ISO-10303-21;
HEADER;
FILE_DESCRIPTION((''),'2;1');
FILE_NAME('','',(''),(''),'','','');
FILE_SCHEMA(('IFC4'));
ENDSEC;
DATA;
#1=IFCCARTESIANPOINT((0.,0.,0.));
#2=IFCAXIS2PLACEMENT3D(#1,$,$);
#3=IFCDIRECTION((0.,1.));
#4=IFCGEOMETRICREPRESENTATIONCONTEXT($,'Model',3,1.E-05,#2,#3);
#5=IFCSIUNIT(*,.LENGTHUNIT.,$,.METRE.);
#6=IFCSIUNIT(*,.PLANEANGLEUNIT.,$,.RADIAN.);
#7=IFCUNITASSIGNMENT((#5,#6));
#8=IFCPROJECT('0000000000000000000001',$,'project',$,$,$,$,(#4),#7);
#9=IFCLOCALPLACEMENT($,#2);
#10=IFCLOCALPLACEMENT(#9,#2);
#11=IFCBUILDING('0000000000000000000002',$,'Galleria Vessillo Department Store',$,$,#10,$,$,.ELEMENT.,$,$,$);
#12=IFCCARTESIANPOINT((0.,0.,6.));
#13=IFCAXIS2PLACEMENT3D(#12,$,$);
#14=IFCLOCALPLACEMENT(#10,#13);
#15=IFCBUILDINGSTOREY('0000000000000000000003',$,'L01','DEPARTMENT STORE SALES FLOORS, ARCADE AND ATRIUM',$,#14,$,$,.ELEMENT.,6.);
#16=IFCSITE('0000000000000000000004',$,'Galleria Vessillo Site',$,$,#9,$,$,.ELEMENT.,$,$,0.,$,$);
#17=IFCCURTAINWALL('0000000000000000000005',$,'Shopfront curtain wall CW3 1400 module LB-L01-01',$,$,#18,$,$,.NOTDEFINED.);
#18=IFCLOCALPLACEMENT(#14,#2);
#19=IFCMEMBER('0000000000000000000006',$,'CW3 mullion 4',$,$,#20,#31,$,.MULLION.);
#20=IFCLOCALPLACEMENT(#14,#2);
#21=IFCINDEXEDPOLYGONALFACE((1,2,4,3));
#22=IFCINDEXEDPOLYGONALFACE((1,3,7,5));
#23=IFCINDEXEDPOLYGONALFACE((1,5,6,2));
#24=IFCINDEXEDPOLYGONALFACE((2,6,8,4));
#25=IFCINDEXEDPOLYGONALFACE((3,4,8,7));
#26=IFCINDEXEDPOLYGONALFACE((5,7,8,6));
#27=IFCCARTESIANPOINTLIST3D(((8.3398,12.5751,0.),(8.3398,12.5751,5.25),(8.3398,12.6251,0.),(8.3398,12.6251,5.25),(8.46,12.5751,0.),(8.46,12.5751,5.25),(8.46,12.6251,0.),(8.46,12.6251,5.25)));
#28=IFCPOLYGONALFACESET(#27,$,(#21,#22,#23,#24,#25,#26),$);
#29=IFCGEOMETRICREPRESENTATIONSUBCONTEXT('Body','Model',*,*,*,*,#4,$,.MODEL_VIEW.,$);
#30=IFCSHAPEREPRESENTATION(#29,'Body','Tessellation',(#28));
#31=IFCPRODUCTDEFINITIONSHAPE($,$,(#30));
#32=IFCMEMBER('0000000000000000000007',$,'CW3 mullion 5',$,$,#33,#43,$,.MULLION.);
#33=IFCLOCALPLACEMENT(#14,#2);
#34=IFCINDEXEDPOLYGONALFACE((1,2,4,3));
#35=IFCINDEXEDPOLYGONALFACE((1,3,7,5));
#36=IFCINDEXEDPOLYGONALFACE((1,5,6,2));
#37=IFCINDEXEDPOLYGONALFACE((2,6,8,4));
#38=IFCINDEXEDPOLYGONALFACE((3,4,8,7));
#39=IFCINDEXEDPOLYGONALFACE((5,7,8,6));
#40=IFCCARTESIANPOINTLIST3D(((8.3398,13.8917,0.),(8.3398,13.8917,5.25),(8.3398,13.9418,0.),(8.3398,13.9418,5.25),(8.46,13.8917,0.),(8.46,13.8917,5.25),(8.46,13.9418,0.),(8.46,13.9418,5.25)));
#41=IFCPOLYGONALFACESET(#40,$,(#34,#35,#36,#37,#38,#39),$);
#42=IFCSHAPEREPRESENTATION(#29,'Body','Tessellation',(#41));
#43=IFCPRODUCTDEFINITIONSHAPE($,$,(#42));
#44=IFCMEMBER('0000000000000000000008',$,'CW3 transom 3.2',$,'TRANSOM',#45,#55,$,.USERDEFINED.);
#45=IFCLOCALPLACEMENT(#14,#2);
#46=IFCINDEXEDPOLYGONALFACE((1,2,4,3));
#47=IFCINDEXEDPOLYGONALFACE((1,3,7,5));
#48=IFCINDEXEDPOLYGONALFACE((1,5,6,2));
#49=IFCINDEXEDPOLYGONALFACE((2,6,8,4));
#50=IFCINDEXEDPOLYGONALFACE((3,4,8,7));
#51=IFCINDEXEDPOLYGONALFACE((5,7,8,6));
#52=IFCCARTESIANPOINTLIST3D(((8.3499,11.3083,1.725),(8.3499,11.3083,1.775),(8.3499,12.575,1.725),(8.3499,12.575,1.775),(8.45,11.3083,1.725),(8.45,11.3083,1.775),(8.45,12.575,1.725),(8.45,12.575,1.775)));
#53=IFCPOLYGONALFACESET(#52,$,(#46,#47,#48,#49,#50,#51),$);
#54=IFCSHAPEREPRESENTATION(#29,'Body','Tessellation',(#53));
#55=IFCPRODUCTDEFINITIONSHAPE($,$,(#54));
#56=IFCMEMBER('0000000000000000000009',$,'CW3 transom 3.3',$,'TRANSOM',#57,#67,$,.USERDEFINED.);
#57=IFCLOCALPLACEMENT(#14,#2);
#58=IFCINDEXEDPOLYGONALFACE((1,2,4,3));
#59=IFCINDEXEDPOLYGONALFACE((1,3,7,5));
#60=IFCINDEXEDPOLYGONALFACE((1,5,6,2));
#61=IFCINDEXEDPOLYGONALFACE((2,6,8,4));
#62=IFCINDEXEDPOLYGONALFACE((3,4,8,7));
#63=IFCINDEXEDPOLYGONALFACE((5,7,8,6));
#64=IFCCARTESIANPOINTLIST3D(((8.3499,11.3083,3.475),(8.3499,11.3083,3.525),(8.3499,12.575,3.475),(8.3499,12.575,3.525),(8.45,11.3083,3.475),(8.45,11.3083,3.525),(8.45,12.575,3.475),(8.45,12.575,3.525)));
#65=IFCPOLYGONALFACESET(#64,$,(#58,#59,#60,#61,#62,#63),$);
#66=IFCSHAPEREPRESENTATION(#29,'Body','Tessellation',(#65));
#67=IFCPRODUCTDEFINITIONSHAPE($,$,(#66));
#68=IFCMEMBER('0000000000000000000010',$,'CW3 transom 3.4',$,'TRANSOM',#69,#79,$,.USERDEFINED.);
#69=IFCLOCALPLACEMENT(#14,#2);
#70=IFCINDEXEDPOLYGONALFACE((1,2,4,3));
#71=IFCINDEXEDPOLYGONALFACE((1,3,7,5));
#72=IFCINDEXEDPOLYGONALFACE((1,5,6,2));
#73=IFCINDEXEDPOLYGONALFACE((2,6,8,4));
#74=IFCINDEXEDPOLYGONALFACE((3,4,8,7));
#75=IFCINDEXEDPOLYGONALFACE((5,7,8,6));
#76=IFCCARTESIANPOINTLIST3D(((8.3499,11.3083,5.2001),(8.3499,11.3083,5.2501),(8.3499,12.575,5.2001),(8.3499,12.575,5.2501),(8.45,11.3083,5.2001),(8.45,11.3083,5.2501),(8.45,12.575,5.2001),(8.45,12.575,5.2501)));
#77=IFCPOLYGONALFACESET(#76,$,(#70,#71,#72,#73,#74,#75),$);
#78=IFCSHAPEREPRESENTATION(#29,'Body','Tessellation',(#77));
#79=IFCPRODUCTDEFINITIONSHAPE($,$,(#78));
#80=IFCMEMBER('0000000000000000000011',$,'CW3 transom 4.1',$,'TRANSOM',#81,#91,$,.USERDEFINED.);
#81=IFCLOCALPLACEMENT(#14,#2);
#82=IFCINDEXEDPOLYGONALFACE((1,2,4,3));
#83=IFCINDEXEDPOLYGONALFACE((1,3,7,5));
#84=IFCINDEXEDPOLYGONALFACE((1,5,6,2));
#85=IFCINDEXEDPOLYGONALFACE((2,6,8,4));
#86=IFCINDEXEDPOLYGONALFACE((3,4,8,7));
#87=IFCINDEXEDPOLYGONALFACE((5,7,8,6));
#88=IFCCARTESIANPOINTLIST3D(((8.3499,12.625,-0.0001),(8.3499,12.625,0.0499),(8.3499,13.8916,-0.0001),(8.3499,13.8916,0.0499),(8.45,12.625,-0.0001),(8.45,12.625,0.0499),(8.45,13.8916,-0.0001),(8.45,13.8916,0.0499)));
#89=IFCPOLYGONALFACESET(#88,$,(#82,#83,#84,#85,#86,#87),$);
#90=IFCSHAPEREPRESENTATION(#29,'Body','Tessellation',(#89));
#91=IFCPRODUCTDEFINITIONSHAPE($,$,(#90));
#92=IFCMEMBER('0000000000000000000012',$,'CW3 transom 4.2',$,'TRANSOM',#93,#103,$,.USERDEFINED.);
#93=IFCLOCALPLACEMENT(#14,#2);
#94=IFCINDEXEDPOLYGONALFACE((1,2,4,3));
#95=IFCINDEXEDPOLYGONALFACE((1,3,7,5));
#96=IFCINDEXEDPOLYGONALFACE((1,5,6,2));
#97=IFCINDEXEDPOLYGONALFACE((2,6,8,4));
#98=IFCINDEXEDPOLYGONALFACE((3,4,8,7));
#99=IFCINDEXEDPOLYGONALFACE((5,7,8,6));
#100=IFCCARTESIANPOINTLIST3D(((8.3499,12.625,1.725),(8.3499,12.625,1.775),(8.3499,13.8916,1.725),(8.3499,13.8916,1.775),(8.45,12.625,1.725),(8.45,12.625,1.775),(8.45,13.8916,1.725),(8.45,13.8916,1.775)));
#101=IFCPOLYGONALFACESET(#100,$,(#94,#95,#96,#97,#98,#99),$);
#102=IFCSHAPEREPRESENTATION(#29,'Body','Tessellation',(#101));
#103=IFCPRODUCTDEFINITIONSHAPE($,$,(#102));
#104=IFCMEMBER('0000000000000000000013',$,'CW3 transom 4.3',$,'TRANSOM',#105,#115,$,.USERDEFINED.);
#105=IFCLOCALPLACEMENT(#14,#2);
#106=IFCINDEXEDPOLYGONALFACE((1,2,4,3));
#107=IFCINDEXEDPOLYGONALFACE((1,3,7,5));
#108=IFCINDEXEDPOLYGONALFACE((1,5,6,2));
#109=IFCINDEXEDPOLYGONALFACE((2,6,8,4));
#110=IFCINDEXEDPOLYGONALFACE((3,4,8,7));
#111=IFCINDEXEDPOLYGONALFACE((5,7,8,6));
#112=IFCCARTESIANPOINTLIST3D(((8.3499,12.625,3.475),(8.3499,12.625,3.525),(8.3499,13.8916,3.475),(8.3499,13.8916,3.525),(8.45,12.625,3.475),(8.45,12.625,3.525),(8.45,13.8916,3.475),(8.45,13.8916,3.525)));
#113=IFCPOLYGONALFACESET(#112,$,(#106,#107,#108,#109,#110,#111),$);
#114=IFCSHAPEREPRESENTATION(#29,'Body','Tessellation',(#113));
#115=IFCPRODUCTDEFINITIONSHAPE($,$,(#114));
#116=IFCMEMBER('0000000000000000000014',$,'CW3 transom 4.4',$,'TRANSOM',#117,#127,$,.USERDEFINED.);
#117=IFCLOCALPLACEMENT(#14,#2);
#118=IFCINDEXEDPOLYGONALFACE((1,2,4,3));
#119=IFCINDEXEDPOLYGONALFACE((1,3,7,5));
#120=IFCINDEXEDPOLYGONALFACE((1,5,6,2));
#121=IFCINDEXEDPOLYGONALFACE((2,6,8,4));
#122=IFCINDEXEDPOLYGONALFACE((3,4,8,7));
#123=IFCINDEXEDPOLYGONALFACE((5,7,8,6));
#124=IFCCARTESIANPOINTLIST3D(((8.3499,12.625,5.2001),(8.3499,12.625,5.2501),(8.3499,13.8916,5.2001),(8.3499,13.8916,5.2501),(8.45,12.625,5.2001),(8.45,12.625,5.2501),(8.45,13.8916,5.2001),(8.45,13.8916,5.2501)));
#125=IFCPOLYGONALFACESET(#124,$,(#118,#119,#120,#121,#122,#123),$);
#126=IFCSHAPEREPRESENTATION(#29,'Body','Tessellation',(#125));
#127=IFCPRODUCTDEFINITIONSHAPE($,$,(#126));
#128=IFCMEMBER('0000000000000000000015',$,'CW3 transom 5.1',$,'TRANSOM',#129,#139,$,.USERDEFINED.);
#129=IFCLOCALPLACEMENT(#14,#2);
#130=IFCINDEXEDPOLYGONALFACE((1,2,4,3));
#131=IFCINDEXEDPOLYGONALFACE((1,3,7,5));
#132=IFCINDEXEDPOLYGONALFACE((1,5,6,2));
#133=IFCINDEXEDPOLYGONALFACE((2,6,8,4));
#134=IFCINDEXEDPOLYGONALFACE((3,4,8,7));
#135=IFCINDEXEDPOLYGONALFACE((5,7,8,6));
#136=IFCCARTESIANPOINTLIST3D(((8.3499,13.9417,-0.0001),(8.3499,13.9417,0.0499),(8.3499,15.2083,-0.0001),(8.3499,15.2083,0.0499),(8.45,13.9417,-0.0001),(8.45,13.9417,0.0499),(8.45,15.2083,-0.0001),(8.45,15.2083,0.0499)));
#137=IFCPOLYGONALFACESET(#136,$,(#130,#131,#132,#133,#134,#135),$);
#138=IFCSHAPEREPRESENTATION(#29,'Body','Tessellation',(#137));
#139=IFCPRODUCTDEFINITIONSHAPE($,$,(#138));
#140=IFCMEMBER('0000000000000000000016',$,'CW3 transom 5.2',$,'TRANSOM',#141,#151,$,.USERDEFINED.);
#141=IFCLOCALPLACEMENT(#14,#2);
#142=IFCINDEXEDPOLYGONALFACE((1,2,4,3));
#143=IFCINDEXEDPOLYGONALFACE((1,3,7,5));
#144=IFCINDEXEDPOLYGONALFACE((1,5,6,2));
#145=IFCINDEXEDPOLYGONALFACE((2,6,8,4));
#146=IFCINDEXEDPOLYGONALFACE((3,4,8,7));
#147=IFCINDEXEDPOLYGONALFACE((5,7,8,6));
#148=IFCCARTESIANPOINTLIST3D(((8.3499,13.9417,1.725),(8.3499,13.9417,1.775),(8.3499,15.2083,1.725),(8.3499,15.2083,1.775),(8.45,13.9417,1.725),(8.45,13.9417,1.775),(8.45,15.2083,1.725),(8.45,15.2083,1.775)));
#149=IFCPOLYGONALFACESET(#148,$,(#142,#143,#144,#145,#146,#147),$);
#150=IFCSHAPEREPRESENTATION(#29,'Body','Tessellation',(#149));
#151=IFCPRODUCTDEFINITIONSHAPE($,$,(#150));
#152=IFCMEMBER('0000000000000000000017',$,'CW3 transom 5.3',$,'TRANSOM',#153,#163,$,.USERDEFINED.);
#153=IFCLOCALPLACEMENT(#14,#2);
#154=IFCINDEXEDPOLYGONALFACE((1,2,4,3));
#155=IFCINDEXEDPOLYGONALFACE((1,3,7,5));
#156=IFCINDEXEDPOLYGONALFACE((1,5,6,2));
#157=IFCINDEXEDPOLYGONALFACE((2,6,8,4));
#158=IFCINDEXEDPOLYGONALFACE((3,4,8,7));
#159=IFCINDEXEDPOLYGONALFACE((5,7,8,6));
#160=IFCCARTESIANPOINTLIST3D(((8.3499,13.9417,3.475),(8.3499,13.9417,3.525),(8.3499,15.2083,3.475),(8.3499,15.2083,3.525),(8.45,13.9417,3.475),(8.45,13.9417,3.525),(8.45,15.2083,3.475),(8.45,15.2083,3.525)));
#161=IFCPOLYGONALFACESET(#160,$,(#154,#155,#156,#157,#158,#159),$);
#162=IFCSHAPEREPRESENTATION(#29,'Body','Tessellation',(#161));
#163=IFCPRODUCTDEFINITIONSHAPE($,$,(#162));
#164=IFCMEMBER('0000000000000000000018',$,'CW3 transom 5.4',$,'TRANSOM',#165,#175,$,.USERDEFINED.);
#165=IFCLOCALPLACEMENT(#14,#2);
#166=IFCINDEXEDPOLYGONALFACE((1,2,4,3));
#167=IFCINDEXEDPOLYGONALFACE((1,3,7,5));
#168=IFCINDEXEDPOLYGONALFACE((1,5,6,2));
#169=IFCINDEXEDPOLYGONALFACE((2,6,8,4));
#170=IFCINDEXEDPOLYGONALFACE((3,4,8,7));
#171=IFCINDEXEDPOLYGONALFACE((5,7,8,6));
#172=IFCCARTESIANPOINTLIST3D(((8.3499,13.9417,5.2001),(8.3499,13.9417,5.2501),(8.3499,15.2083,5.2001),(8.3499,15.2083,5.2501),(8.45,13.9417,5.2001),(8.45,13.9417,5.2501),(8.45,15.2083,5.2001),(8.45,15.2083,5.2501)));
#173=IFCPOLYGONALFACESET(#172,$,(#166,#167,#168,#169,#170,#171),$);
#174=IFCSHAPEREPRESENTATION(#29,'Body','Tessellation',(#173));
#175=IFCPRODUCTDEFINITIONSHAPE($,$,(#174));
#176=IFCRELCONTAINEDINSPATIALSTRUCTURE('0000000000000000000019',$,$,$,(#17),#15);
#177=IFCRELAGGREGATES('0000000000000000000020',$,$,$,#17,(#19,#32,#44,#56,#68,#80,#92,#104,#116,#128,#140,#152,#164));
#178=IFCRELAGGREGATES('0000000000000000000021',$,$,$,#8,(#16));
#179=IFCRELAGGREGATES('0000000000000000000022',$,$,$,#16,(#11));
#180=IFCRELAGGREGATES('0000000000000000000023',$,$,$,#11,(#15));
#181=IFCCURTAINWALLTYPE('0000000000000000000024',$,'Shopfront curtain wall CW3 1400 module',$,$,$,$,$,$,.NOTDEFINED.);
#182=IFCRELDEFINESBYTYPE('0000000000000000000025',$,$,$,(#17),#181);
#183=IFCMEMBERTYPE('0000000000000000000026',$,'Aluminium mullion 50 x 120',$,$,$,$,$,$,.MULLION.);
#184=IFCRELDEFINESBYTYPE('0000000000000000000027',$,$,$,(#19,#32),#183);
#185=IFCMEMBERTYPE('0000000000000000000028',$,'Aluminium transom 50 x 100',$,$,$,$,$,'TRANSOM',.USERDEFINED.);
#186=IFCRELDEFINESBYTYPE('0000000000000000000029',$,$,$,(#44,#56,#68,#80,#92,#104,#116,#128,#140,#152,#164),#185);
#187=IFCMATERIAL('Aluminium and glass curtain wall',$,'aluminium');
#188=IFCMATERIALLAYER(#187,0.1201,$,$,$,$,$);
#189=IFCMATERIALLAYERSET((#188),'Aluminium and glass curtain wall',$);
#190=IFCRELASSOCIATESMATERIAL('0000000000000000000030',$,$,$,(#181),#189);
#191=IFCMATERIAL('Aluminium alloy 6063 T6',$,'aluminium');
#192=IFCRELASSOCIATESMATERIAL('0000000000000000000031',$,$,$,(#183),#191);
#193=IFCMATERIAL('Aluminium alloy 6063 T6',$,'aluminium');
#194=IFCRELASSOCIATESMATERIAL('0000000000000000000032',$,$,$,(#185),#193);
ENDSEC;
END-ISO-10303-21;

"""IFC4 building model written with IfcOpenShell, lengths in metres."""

from ifc_helpers import new_model, si_unit, direction, frame, origin, origin_2d, place, context, subcontext, project, spatial, rectangle, extrude, material, layer, layer_set, material_profile, profile_set, type_object, element, aggregate, save


model = new_model("IFC4")

# Units and contexts
model_context = context("Model", 3, precision=1e-05, world=origin(), true_north=direction((0.0, 1.0)))
body_context = subcontext(model_context, "Body", "Model", "MODEL_VIEW")
ifc_project = project(units=[si_unit("LENGTHUNIT", "METRE"), si_unit("PLANEANGLEUNIT", "RADIAN")], contexts=[model_context])

# Site, building, storey
site_placement = place(None, origin())
site = spatial("IfcSite", under=ifc_project, at=site_placement, Name="Galleria Vessillo Site", CompositionType="ELEMENT", RefElevation=0.0)
building_placement = place(site_placement, origin())
building = spatial("IfcBuilding", under=site, at=building_placement, Name="Galleria Vessillo Department Store", CompositionType="ELEMENT")
storey_placement = place(building_placement, frame((0.0, 0.0, 6.0)))
storey = spatial("IfcBuildingStorey", under=building, at=storey_placement, Name="L01", Description="DEPARTMENT STORE SALES FLOORS, ARCADE AND ATRIUM", CompositionType="ELEMENT", Elevation=6.0)

# Curtain wall, members
ifc_material_1 = material(Name="Aluminium and glass curtain wall", Category="aluminium")
ifc_layer_1 = layer(ifc_material_1, 0.1201)
ifc_layer_set_1 = layer_set([ifc_layer_1], Name="Aluminium and glass curtain wall")
curtain_wall_type = type_object("IfcCurtainWallType", Name="Shopfront curtain wall CW3 1400 module", PredefinedType="NOTDEFINED", material=ifc_layer_set_1)
curtain_wall_placement = place(storey_placement, origin())
curtain_wall = element("IfcCurtainWall", 1, at=curtain_wall_placement, inside=storey, type_object=curtain_wall_type, Name="Shopfront curtain wall CW3 1400 module LB-L01-01", PredefinedType="NOTDEFINED")
ifc_material_2 = material(Name="Aluminium alloy 6063 T6", Category="aluminium")
ifc_material_profile_1 = material_profile(ifc_material_2, rectangle(XDim=0.1201, YDim=0.05, at=origin_2d()), Name="AL 50x120")
ifc_profile_set_1 = profile_set([ifc_material_profile_1], Name="Aluminium alloy 6063 T6")
member_type_1 = type_object("IfcMemberType", Name="Aluminium mullion 50 x 120", PredefinedType="MULLION", material=ifc_profile_set_1)
member_1_placement = place(storey_placement, frame((8.3999, 12.6001, 0.0), z_axis=(0.0, 0.0, 1.0), x_axis=(-1.0, 0.0, 0.0)))
member_1 = element("IfcMember", 2, at=member_1_placement, type_object=member_type_1, Name="CW3 mullion 4", PredefinedType="MULLION", context=body_context, shape_type="SweptSolid", body=[
    extrude(rectangle(XDim=0.1201, YDim=0.05, at=origin_2d()), origin(), (0.0, 0.0, 1.0), 5.25),
])
member_2_placement = place(storey_placement, frame((8.3999, 13.9167, 0.0), z_axis=(0.0, 0.0, 1.0), x_axis=(-1.0, 0.0, 0.0)))
member_2 = element("IfcMember", 3, at=member_2_placement, type_object=member_type_1, Name="CW3 mullion 5", PredefinedType="MULLION", context=body_context, shape_type="SweptSolid", body=[
    extrude(rectangle(XDim=0.1201, YDim=0.05, at=origin_2d()), origin(), (0.0, 0.0, 1.0), 5.25),
])
ifc_material_3 = material(Name="Aluminium alloy 6063 T6", Category="aluminium")
ifc_material_profile_2 = material_profile(ifc_material_3, rectangle(XDim=0.1001, YDim=0.05, at=origin_2d()), Name="AL 50x100")
ifc_profile_set_2 = profile_set([ifc_material_profile_2], Name="Aluminium alloy 6063 T6")
member_type_2 = type_object("IfcMemberType", Name="Aluminium transom 50 x 100", ElementType="TRANSOM", PredefinedType="USERDEFINED", material=ifc_profile_set_2)
member_3_placement = place(storey_placement, frame((8.3999, 11.3083, 1.75), z_axis=(0.0, 1.0, 0.0), x_axis=(-1.0, 0.0, 0.0)))
member_3 = element("IfcMember", 4, at=member_3_placement, type_object=member_type_2, Name="CW3 transom 3.2", ObjectType="TRANSOM", PredefinedType="USERDEFINED", context=body_context, shape_type="SweptSolid", body=[
    extrude(rectangle(XDim=0.1001, YDim=0.05, at=origin_2d()), origin(), (0.0, 0.0, 1.0), 1.2666),
])
member_4_placement = place(storey_placement, frame((8.3999, 11.3083, 3.5), z_axis=(0.0, 1.0, 0.0), x_axis=(-1.0, 0.0, 0.0)))
member_4 = element("IfcMember", 5, at=member_4_placement, type_object=member_type_2, Name="CW3 transom 3.3", ObjectType="TRANSOM", PredefinedType="USERDEFINED", context=body_context, shape_type="SweptSolid", body=[
    extrude(rectangle(XDim=0.1001, YDim=0.05, at=origin_2d()), origin(), (0.0, 0.0, 1.0), 1.2666),
])
member_5_placement = place(storey_placement, frame((8.3999, 11.3083, 5.2251), z_axis=(0.0, 1.0, 0.0), x_axis=(-1.0, 0.0, 0.0)))
member_5 = element("IfcMember", 6, at=member_5_placement, type_object=member_type_2, Name="CW3 transom 3.4", ObjectType="TRANSOM", PredefinedType="USERDEFINED", context=body_context, shape_type="SweptSolid", body=[
    extrude(rectangle(XDim=0.1001, YDim=0.05, at=origin_2d()), origin(), (0.0, 0.0, 1.0), 1.2666),
])
member_6_placement = place(storey_placement, frame((8.3999, 12.625, 0.0249), z_axis=(0.0, 1.0, 0.0), x_axis=(-1.0, 0.0, 0.0)))
member_6 = element("IfcMember", 7, at=member_6_placement, type_object=member_type_2, Name="CW3 transom 4.1", ObjectType="TRANSOM", PredefinedType="USERDEFINED", context=body_context, shape_type="SweptSolid", body=[
    extrude(rectangle(XDim=0.1001, YDim=0.05, at=origin_2d()), origin(), (0.0, 0.0, 1.0), 1.2666),
])
member_7_placement = place(storey_placement, frame((8.3999, 12.625, 1.75), z_axis=(0.0, 1.0, 0.0), x_axis=(-1.0, 0.0, 0.0)))
member_7 = element("IfcMember", 8, at=member_7_placement, type_object=member_type_2, Name="CW3 transom 4.2", ObjectType="TRANSOM", PredefinedType="USERDEFINED", context=body_context, shape_type="SweptSolid", body=[
    extrude(rectangle(XDim=0.1001, YDim=0.05, at=origin_2d()), origin(), (0.0, 0.0, 1.0), 1.2666),
])
member_8_placement = place(storey_placement, frame((8.3999, 12.625, 3.5), z_axis=(0.0, 1.0, 0.0), x_axis=(-1.0, 0.0, 0.0)))
member_8 = element("IfcMember", 9, at=member_8_placement, type_object=member_type_2, Name="CW3 transom 4.3", ObjectType="TRANSOM", PredefinedType="USERDEFINED", context=body_context, shape_type="SweptSolid", body=[
    extrude(rectangle(XDim=0.1001, YDim=0.05, at=origin_2d()), origin(), (0.0, 0.0, 1.0), 1.2666),
])
member_9_placement = place(storey_placement, frame((8.3999, 12.625, 5.2251), z_axis=(0.0, 1.0, 0.0), x_axis=(-1.0, 0.0, 0.0)))
member_9 = element("IfcMember", 10, at=member_9_placement, type_object=member_type_2, Name="CW3 transom 4.4", ObjectType="TRANSOM", PredefinedType="USERDEFINED", context=body_context, shape_type="SweptSolid", body=[
    extrude(rectangle(XDim=0.1001, YDim=0.05, at=origin_2d()), origin(), (0.0, 0.0, 1.0), 1.2666),
])
member_10_placement = place(storey_placement, frame((8.3999, 13.9417, 0.0249), z_axis=(0.0, 1.0, 0.0), x_axis=(-1.0, 0.0, 0.0)))
member_10 = element("IfcMember", 11, at=member_10_placement, type_object=member_type_2, Name="CW3 transom 5.1", ObjectType="TRANSOM", PredefinedType="USERDEFINED", context=body_context, shape_type="SweptSolid", body=[
    extrude(rectangle(XDim=0.1001, YDim=0.05, at=origin_2d()), origin(), (0.0, 0.0, 1.0), 1.2666),
])
member_11_placement = place(storey_placement, frame((8.3999, 13.9417, 1.75), z_axis=(0.0, 1.0, 0.0), x_axis=(-1.0, 0.0, 0.0)))
member_11 = element("IfcMember", 12, at=member_11_placement, type_object=member_type_2, Name="CW3 transom 5.2", ObjectType="TRANSOM", PredefinedType="USERDEFINED", context=body_context, shape_type="SweptSolid", body=[
    extrude(rectangle(XDim=0.1001, YDim=0.05, at=origin_2d()), origin(), (0.0, 0.0, 1.0), 1.2666),
])
member_12_placement = place(storey_placement, frame((8.3999, 13.9417, 3.5), z_axis=(0.0, 1.0, 0.0), x_axis=(-1.0, 0.0, 0.0)))
member_12 = element("IfcMember", 13, at=member_12_placement, type_object=member_type_2, Name="CW3 transom 5.3", ObjectType="TRANSOM", PredefinedType="USERDEFINED", context=body_context, shape_type="SweptSolid", body=[
    extrude(rectangle(XDim=0.1001, YDim=0.05, at=origin_2d()), origin(), (0.0, 0.0, 1.0), 1.2666),
])
member_13_placement = place(storey_placement, frame((8.3999, 13.9417, 5.2251), z_axis=(0.0, 1.0, 0.0), x_axis=(-1.0, 0.0, 0.0)))
member_13 = element("IfcMember", 14, at=member_13_placement, type_object=member_type_2, Name="CW3 transom 5.4", ObjectType="TRANSOM", PredefinedType="USERDEFINED", context=body_context, shape_type="SweptSolid", body=[
    extrude(rectangle(XDim=0.1001, YDim=0.05, at=origin_2d()), origin(), (0.0, 0.0, 1.0), 1.2666),
])

aggregate(curtain_wall, [member_1, member_2, member_3, member_4, member_5, member_6, member_7, member_8, member_9, member_10, member_11, member_12, member_13])

save(model, "model.ifc")
